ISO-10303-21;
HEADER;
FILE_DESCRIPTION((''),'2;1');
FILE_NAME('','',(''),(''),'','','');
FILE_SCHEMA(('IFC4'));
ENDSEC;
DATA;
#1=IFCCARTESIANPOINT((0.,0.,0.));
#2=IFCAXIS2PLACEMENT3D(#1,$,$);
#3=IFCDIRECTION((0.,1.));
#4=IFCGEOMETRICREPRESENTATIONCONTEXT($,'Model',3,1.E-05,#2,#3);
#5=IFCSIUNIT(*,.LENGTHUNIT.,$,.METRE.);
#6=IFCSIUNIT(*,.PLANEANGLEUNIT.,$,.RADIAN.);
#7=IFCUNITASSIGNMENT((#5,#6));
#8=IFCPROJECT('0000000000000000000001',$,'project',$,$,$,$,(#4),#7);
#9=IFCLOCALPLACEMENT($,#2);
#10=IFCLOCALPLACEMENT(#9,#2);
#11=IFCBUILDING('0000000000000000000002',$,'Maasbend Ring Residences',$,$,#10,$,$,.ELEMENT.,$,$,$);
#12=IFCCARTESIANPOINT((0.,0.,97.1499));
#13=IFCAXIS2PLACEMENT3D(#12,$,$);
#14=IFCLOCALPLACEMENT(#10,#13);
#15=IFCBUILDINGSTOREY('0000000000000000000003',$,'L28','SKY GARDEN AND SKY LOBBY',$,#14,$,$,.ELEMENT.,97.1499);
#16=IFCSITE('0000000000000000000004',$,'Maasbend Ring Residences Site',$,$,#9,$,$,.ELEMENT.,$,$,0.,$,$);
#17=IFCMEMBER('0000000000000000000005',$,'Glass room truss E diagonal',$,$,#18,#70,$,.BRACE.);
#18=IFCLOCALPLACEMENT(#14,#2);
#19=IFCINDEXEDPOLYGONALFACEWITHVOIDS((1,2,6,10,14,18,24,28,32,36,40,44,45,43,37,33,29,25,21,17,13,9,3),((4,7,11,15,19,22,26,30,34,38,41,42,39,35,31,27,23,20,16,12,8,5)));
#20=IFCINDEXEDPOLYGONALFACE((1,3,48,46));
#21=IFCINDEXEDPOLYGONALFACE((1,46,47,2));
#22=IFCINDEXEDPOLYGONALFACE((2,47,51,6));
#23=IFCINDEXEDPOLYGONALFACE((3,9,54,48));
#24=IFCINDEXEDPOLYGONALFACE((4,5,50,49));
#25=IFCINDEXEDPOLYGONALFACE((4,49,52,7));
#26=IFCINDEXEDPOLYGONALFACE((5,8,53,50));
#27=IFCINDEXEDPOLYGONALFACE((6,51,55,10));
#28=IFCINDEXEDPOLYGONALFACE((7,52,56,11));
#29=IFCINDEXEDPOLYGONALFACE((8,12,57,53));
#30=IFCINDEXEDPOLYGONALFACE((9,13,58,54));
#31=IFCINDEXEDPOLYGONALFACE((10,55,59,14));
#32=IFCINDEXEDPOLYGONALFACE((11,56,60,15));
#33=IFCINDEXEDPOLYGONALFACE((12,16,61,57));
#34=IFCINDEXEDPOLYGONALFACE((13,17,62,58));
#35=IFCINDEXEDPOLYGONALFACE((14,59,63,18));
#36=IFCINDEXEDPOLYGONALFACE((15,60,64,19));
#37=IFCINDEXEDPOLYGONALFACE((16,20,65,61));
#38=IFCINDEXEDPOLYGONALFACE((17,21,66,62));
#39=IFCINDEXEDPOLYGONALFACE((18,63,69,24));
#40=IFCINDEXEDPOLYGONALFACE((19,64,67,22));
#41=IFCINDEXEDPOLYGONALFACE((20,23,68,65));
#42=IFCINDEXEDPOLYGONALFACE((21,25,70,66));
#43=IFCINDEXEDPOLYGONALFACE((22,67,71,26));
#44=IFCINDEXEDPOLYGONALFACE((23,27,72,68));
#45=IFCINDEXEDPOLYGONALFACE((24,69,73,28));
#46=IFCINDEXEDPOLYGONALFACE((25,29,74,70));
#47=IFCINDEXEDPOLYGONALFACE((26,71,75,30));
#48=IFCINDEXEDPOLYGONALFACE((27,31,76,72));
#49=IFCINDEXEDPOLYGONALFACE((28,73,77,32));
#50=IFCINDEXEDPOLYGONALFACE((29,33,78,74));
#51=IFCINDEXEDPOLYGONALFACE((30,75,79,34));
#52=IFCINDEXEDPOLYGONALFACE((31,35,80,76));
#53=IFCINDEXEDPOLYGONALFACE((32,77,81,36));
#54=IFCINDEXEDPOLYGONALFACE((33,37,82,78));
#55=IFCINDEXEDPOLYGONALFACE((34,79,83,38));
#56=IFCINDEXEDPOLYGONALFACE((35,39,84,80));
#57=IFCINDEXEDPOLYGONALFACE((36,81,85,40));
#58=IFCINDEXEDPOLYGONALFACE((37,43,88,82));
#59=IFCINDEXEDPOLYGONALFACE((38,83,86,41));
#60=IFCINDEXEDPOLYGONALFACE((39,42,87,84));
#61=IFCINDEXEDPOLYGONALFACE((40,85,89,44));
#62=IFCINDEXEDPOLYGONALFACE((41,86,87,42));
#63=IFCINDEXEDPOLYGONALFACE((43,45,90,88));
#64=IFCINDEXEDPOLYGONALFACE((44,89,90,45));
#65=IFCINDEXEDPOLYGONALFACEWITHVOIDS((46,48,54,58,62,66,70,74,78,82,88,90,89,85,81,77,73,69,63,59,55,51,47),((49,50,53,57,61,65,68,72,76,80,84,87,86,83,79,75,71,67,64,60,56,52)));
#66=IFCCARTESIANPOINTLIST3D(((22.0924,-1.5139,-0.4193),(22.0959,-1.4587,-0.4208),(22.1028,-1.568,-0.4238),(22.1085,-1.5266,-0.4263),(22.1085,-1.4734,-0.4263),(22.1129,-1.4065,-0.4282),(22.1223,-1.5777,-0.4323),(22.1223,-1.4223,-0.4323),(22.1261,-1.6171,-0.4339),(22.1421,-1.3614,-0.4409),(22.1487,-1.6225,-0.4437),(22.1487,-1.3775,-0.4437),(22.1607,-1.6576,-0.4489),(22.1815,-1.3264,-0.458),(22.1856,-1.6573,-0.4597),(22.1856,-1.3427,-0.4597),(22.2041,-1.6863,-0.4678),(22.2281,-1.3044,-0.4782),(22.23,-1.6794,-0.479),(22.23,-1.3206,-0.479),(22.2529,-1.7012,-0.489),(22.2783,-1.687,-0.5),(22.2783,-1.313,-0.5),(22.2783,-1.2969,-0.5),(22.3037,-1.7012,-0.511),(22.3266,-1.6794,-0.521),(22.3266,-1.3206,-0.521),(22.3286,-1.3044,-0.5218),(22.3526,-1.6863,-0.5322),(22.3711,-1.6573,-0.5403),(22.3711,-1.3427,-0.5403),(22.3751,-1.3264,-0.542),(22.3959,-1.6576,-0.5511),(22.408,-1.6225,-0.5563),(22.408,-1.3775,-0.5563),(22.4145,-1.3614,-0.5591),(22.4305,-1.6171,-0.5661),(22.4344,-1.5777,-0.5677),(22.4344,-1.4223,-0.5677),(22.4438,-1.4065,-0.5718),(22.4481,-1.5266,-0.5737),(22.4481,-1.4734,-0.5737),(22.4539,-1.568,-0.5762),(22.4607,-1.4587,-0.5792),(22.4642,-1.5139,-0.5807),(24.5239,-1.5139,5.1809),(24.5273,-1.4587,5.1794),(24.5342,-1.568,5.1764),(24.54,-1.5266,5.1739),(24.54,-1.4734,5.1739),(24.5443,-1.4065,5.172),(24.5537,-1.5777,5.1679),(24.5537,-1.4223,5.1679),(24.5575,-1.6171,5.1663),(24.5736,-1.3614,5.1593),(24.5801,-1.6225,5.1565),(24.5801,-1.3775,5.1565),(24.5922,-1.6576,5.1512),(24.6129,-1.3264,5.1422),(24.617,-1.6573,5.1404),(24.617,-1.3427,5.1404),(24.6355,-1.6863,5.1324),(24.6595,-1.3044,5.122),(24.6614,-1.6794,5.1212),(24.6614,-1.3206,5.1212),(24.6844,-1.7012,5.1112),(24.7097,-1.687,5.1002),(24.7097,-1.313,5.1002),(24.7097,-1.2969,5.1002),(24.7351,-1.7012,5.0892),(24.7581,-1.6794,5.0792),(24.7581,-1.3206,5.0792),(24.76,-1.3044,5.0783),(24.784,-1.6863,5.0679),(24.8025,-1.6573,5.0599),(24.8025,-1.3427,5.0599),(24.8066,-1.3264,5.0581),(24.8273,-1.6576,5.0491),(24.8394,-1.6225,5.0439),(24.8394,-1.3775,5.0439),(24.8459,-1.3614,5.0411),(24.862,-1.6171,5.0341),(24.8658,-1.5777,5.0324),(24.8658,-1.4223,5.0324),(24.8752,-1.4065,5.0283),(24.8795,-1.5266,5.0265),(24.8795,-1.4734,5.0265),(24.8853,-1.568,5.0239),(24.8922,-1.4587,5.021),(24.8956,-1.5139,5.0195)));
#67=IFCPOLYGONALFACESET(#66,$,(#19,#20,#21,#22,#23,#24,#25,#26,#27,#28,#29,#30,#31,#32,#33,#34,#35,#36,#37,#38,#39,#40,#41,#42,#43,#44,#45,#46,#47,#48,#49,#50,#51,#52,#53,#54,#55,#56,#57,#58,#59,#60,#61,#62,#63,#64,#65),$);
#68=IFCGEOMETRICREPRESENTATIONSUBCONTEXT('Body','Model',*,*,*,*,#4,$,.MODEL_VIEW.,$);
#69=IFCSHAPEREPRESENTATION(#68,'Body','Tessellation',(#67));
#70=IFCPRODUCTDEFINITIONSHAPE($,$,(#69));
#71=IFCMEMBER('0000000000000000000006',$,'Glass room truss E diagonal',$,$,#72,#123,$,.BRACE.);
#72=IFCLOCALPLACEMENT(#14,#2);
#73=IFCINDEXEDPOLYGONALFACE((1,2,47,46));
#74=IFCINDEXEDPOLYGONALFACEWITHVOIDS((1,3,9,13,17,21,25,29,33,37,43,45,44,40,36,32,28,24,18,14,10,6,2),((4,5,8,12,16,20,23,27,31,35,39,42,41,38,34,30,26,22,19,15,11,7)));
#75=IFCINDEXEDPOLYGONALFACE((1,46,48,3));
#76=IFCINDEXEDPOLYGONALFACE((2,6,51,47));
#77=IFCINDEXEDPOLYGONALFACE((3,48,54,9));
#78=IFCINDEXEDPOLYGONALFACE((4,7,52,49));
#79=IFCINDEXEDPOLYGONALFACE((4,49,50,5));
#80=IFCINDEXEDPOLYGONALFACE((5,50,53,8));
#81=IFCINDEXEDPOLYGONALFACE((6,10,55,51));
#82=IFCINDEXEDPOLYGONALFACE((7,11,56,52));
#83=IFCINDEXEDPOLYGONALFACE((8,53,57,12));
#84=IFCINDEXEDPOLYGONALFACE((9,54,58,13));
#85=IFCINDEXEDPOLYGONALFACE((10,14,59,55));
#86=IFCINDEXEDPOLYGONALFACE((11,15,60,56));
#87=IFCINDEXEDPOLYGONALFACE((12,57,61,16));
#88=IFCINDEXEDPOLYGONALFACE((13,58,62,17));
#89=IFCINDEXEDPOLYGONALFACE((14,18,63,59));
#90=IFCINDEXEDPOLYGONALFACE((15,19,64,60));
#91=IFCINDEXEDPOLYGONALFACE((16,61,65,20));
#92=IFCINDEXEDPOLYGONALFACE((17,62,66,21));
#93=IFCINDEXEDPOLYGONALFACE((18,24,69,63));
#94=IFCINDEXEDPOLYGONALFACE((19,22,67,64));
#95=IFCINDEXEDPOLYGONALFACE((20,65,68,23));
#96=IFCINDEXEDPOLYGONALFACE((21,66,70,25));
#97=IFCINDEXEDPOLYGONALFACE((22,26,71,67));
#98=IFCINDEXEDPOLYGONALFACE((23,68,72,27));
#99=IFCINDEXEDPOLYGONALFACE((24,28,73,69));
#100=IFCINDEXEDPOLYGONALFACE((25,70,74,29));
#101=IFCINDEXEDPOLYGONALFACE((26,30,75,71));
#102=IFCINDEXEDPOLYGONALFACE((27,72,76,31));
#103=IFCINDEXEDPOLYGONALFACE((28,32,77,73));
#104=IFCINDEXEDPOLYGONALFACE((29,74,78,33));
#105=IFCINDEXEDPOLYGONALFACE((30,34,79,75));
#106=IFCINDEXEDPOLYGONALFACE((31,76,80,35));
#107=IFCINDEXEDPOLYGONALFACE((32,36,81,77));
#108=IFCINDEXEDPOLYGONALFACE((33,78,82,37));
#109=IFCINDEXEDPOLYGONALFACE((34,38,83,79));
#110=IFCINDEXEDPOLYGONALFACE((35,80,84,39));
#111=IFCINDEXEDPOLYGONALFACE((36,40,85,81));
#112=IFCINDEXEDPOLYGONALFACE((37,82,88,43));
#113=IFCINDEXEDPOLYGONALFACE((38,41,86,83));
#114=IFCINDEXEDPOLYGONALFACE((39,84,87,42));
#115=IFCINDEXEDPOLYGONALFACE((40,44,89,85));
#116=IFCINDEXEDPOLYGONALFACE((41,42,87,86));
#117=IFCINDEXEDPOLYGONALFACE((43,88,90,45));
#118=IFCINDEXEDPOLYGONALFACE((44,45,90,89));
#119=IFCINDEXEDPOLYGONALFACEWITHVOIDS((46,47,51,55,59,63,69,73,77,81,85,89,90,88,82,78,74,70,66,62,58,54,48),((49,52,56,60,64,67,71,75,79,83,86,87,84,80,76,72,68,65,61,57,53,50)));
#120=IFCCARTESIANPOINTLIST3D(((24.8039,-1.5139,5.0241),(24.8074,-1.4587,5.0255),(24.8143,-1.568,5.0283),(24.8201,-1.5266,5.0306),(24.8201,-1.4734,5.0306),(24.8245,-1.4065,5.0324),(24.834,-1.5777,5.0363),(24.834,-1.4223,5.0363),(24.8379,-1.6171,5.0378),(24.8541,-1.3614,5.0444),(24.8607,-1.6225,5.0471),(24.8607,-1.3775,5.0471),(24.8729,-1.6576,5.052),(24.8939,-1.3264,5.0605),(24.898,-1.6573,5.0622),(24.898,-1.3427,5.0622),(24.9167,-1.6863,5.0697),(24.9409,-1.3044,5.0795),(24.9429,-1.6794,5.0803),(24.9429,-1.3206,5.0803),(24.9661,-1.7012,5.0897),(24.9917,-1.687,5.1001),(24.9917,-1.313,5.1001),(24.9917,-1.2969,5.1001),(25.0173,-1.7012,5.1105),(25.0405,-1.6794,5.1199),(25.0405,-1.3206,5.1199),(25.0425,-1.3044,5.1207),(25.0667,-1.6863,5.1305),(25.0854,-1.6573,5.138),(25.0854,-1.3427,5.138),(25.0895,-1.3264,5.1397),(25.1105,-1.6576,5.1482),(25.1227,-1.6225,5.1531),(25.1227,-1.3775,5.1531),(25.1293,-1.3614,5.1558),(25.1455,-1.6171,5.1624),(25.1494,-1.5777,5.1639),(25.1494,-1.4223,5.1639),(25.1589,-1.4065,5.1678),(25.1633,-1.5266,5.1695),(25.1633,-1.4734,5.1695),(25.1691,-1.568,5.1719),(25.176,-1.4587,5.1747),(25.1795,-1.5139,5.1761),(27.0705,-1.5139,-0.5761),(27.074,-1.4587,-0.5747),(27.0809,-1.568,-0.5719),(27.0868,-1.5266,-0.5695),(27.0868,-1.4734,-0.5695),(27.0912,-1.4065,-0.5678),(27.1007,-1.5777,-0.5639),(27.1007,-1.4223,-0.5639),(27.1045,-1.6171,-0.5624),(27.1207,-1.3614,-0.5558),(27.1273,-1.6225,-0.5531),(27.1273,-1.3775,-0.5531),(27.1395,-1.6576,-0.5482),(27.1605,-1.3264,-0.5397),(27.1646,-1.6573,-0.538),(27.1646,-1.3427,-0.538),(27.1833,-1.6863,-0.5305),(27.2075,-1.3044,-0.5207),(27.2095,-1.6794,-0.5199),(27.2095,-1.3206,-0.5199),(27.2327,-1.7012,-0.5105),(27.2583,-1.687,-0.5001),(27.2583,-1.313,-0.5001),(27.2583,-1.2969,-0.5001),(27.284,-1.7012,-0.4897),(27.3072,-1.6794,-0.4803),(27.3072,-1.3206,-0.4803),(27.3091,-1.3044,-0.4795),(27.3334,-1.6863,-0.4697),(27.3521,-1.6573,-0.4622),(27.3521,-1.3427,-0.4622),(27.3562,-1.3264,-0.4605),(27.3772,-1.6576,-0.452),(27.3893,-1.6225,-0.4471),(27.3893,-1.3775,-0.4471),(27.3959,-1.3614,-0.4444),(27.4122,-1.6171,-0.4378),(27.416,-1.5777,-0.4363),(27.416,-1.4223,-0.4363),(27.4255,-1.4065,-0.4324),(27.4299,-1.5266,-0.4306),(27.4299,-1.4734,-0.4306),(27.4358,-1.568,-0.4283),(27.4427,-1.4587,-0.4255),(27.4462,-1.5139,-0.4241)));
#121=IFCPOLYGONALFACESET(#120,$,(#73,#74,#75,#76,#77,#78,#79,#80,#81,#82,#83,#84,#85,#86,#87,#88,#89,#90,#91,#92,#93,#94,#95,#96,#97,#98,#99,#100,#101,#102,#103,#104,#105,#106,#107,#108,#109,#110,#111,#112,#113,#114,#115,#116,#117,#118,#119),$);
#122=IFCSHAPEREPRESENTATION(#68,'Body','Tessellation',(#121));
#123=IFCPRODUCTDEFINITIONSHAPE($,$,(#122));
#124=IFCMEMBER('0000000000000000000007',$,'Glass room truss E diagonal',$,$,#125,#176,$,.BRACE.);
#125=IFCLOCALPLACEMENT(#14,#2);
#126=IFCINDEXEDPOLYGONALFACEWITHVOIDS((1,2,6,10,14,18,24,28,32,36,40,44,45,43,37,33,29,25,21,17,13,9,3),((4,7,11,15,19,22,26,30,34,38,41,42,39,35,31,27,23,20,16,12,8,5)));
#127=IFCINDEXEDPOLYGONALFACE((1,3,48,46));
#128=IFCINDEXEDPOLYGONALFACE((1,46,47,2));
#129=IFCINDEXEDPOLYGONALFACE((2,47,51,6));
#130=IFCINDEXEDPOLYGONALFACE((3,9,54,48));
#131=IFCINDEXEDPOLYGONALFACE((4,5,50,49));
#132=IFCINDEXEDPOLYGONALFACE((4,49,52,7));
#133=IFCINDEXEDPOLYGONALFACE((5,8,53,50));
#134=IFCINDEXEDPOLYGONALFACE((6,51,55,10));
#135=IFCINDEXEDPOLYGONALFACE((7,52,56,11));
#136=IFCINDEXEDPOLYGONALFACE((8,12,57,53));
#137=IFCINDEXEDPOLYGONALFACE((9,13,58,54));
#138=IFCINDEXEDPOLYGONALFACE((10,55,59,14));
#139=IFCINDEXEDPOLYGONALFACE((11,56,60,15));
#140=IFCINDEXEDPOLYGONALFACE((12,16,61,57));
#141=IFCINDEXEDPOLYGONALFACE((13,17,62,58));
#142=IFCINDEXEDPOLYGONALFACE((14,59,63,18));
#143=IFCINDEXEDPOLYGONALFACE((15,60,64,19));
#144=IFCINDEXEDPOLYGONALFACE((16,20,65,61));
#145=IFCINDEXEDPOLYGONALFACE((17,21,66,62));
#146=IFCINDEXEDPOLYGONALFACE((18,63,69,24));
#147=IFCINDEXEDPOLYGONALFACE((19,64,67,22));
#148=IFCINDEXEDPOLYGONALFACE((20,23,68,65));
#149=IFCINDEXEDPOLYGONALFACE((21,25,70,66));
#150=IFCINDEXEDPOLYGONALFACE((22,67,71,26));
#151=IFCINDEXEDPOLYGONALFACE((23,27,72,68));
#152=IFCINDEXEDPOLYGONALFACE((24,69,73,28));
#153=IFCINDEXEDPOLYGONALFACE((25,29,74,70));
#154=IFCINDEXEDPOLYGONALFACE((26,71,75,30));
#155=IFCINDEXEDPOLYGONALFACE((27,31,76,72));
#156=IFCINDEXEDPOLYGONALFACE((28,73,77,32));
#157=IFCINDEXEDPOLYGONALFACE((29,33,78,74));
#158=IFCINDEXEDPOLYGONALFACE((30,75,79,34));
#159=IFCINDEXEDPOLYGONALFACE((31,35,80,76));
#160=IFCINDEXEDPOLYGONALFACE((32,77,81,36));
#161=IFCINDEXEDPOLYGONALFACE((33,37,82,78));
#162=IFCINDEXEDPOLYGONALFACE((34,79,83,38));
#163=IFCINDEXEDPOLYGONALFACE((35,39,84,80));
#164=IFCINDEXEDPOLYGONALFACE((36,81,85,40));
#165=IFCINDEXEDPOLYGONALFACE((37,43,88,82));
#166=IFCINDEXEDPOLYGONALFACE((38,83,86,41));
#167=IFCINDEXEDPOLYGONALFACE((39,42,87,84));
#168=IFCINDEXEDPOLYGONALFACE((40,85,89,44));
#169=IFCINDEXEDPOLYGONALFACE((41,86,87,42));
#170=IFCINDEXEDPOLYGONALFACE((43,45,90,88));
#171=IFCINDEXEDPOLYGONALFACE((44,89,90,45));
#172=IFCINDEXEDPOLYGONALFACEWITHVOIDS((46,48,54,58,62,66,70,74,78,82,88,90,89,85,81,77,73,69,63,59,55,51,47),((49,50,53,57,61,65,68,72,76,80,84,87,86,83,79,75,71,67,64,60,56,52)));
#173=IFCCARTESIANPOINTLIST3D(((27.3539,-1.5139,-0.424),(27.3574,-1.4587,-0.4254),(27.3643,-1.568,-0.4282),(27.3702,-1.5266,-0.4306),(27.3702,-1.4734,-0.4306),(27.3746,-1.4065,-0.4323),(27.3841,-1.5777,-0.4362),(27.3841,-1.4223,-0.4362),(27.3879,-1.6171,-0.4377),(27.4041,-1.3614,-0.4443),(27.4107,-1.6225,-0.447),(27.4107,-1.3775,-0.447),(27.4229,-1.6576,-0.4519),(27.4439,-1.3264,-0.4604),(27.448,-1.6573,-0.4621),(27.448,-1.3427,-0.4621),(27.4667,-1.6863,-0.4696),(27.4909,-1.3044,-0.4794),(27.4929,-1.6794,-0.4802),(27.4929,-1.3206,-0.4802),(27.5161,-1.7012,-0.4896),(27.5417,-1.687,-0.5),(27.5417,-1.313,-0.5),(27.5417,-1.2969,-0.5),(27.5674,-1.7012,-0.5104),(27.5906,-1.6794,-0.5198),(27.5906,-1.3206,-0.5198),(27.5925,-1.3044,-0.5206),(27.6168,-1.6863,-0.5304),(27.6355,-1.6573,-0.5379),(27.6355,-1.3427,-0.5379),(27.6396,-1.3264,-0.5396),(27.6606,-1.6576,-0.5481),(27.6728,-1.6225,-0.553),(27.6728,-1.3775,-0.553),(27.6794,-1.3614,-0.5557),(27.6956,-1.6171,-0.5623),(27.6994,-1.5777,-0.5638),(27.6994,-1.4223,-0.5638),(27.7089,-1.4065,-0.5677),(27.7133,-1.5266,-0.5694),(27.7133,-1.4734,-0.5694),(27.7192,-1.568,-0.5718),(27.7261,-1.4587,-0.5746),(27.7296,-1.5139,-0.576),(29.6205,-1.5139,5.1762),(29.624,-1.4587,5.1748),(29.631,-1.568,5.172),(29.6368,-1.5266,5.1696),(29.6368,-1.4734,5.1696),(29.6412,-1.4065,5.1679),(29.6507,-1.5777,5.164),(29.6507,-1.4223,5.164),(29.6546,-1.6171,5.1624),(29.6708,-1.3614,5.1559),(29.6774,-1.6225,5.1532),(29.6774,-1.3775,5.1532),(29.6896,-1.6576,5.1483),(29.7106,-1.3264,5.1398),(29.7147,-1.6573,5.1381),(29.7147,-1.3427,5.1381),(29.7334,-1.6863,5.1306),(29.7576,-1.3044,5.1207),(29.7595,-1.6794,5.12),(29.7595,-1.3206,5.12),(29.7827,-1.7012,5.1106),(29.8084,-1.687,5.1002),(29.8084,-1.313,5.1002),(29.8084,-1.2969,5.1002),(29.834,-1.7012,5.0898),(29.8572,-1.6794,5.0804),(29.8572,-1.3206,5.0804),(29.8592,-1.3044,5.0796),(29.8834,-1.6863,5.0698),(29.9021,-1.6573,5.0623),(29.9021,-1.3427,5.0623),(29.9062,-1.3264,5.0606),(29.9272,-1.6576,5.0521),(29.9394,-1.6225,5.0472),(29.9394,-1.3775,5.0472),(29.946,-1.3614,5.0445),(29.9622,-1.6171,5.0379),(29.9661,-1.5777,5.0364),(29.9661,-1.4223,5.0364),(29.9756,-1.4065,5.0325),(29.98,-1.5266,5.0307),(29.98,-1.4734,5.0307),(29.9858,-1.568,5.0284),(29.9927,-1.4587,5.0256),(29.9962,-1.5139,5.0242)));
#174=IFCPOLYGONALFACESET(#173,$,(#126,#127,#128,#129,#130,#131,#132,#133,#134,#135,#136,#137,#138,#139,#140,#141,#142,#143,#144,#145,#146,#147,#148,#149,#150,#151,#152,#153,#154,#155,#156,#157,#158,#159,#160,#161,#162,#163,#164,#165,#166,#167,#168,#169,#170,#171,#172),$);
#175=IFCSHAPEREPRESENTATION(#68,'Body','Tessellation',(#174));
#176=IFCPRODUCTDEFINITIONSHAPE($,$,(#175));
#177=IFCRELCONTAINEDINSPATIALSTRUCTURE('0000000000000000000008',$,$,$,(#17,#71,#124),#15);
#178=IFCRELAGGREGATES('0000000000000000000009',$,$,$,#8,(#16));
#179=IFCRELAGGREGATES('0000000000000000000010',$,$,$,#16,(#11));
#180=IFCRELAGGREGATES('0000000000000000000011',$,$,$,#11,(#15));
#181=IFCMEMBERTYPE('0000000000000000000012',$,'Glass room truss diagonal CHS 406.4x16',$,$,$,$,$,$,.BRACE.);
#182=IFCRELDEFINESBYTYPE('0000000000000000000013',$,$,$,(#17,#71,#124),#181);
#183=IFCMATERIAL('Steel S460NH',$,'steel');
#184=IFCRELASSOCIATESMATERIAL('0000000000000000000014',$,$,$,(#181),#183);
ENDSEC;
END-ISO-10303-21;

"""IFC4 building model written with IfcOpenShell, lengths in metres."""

from ifc_helpers import new_model, si_unit, direction, frame, origin, origin_2d, place, context, subcontext, project, spatial, hollow_circle, extrude, material, material_profile, profile_set, type_object, element, save


model = new_model("IFC4")

# Units and contexts
model_context = context("Model", 3, precision=1e-05, world=origin(), true_north=direction((0.0, 1.0)))
body_context = subcontext(model_context, "Body", "Model", "MODEL_VIEW")
ifc_project = project(units=[si_unit("LENGTHUNIT", "METRE"), si_unit("PLANEANGLEUNIT", "RADIAN")], contexts=[model_context])

# Site, building, storey
site_placement = place(None, origin())
site = spatial("IfcSite", under=ifc_project, at=site_placement, Name="Maasbend Ring Residences Site", CompositionType="ELEMENT", RefElevation=0.0)
building_placement = place(site_placement, origin())
building = spatial("IfcBuilding", under=site, at=building_placement, Name="Maasbend Ring Residences", CompositionType="ELEMENT")
storey_placement = place(building_placement, frame((0.0, 0.0, 97.1499)))
storey = spatial("IfcBuildingStorey", under=building, at=storey_placement, Name="L28", Description="SKY GARDEN AND SKY LOBBY", CompositionType="ELEMENT", Elevation=97.1499)

# Members
ifc_material_1 = material(Name="Steel S460NH", Category="steel")
ifc_material_profile_1 = material_profile(ifc_material_1, hollow_circle(Radius=0.2031, WallThickness=0.0161, at=origin_2d()), Name="Glass room truss diagonal CHS 406.4x16")
ifc_profile_set_1 = profile_set([ifc_material_profile_1], Name="Steel S460NH")
member_type_1 = type_object("IfcMemberType", Name="Glass room truss diagonal CHS 406.4x16", PredefinedType="BRACE", material=ifc_profile_set_1)
member_1_placement = place(storey_placement, frame((22.2783, -1.5, -0.5), z_axis=(0.398254, 0.0, 0.917275), x_axis=(0.0, 1.0, 0.0)))
element("IfcMember", 1, at=member_1_placement, inside=storey, type_object=member_type_1, Name="Glass room truss E diagonal", PredefinedType="BRACE", context=body_context, shape_type="SweptSolid", body=[
    extrude(hollow_circle(Radius=0.2031, WallThickness=0.0161, at=origin_2d()), origin(), (0.0, 0.0, 1.0), 6.1052),
])
for number, where, z_axis, x_axis, name in (
    (2, (24.9917, -1.5, 5.1001), (0.375178, 0.0, -0.926953), (0.0, 1.0, 0.0), "Glass room truss E diagonal"),
    (3, (27.5417, -1.5, -0.5), (0.375178, 0.0, 0.926953), (0.0, 1.0, 0.0), "Glass room truss E diagonal"),
):
    element("IfcMember", number, at=place(storey_placement, frame(where, z_axis=z_axis, x_axis=x_axis)), inside=storey, type_object=member_type_1, Name=name, PredefinedType="BRACE", context=body_context, shape_type="SweptSolid", body=[
        extrude(hollow_circle(Radius=0.2031, WallThickness=0.0161, at=origin_2d()), origin(), (0.0, 0.0, 1.0), 6.0415),
    ])

save(model, "model.ifc")
